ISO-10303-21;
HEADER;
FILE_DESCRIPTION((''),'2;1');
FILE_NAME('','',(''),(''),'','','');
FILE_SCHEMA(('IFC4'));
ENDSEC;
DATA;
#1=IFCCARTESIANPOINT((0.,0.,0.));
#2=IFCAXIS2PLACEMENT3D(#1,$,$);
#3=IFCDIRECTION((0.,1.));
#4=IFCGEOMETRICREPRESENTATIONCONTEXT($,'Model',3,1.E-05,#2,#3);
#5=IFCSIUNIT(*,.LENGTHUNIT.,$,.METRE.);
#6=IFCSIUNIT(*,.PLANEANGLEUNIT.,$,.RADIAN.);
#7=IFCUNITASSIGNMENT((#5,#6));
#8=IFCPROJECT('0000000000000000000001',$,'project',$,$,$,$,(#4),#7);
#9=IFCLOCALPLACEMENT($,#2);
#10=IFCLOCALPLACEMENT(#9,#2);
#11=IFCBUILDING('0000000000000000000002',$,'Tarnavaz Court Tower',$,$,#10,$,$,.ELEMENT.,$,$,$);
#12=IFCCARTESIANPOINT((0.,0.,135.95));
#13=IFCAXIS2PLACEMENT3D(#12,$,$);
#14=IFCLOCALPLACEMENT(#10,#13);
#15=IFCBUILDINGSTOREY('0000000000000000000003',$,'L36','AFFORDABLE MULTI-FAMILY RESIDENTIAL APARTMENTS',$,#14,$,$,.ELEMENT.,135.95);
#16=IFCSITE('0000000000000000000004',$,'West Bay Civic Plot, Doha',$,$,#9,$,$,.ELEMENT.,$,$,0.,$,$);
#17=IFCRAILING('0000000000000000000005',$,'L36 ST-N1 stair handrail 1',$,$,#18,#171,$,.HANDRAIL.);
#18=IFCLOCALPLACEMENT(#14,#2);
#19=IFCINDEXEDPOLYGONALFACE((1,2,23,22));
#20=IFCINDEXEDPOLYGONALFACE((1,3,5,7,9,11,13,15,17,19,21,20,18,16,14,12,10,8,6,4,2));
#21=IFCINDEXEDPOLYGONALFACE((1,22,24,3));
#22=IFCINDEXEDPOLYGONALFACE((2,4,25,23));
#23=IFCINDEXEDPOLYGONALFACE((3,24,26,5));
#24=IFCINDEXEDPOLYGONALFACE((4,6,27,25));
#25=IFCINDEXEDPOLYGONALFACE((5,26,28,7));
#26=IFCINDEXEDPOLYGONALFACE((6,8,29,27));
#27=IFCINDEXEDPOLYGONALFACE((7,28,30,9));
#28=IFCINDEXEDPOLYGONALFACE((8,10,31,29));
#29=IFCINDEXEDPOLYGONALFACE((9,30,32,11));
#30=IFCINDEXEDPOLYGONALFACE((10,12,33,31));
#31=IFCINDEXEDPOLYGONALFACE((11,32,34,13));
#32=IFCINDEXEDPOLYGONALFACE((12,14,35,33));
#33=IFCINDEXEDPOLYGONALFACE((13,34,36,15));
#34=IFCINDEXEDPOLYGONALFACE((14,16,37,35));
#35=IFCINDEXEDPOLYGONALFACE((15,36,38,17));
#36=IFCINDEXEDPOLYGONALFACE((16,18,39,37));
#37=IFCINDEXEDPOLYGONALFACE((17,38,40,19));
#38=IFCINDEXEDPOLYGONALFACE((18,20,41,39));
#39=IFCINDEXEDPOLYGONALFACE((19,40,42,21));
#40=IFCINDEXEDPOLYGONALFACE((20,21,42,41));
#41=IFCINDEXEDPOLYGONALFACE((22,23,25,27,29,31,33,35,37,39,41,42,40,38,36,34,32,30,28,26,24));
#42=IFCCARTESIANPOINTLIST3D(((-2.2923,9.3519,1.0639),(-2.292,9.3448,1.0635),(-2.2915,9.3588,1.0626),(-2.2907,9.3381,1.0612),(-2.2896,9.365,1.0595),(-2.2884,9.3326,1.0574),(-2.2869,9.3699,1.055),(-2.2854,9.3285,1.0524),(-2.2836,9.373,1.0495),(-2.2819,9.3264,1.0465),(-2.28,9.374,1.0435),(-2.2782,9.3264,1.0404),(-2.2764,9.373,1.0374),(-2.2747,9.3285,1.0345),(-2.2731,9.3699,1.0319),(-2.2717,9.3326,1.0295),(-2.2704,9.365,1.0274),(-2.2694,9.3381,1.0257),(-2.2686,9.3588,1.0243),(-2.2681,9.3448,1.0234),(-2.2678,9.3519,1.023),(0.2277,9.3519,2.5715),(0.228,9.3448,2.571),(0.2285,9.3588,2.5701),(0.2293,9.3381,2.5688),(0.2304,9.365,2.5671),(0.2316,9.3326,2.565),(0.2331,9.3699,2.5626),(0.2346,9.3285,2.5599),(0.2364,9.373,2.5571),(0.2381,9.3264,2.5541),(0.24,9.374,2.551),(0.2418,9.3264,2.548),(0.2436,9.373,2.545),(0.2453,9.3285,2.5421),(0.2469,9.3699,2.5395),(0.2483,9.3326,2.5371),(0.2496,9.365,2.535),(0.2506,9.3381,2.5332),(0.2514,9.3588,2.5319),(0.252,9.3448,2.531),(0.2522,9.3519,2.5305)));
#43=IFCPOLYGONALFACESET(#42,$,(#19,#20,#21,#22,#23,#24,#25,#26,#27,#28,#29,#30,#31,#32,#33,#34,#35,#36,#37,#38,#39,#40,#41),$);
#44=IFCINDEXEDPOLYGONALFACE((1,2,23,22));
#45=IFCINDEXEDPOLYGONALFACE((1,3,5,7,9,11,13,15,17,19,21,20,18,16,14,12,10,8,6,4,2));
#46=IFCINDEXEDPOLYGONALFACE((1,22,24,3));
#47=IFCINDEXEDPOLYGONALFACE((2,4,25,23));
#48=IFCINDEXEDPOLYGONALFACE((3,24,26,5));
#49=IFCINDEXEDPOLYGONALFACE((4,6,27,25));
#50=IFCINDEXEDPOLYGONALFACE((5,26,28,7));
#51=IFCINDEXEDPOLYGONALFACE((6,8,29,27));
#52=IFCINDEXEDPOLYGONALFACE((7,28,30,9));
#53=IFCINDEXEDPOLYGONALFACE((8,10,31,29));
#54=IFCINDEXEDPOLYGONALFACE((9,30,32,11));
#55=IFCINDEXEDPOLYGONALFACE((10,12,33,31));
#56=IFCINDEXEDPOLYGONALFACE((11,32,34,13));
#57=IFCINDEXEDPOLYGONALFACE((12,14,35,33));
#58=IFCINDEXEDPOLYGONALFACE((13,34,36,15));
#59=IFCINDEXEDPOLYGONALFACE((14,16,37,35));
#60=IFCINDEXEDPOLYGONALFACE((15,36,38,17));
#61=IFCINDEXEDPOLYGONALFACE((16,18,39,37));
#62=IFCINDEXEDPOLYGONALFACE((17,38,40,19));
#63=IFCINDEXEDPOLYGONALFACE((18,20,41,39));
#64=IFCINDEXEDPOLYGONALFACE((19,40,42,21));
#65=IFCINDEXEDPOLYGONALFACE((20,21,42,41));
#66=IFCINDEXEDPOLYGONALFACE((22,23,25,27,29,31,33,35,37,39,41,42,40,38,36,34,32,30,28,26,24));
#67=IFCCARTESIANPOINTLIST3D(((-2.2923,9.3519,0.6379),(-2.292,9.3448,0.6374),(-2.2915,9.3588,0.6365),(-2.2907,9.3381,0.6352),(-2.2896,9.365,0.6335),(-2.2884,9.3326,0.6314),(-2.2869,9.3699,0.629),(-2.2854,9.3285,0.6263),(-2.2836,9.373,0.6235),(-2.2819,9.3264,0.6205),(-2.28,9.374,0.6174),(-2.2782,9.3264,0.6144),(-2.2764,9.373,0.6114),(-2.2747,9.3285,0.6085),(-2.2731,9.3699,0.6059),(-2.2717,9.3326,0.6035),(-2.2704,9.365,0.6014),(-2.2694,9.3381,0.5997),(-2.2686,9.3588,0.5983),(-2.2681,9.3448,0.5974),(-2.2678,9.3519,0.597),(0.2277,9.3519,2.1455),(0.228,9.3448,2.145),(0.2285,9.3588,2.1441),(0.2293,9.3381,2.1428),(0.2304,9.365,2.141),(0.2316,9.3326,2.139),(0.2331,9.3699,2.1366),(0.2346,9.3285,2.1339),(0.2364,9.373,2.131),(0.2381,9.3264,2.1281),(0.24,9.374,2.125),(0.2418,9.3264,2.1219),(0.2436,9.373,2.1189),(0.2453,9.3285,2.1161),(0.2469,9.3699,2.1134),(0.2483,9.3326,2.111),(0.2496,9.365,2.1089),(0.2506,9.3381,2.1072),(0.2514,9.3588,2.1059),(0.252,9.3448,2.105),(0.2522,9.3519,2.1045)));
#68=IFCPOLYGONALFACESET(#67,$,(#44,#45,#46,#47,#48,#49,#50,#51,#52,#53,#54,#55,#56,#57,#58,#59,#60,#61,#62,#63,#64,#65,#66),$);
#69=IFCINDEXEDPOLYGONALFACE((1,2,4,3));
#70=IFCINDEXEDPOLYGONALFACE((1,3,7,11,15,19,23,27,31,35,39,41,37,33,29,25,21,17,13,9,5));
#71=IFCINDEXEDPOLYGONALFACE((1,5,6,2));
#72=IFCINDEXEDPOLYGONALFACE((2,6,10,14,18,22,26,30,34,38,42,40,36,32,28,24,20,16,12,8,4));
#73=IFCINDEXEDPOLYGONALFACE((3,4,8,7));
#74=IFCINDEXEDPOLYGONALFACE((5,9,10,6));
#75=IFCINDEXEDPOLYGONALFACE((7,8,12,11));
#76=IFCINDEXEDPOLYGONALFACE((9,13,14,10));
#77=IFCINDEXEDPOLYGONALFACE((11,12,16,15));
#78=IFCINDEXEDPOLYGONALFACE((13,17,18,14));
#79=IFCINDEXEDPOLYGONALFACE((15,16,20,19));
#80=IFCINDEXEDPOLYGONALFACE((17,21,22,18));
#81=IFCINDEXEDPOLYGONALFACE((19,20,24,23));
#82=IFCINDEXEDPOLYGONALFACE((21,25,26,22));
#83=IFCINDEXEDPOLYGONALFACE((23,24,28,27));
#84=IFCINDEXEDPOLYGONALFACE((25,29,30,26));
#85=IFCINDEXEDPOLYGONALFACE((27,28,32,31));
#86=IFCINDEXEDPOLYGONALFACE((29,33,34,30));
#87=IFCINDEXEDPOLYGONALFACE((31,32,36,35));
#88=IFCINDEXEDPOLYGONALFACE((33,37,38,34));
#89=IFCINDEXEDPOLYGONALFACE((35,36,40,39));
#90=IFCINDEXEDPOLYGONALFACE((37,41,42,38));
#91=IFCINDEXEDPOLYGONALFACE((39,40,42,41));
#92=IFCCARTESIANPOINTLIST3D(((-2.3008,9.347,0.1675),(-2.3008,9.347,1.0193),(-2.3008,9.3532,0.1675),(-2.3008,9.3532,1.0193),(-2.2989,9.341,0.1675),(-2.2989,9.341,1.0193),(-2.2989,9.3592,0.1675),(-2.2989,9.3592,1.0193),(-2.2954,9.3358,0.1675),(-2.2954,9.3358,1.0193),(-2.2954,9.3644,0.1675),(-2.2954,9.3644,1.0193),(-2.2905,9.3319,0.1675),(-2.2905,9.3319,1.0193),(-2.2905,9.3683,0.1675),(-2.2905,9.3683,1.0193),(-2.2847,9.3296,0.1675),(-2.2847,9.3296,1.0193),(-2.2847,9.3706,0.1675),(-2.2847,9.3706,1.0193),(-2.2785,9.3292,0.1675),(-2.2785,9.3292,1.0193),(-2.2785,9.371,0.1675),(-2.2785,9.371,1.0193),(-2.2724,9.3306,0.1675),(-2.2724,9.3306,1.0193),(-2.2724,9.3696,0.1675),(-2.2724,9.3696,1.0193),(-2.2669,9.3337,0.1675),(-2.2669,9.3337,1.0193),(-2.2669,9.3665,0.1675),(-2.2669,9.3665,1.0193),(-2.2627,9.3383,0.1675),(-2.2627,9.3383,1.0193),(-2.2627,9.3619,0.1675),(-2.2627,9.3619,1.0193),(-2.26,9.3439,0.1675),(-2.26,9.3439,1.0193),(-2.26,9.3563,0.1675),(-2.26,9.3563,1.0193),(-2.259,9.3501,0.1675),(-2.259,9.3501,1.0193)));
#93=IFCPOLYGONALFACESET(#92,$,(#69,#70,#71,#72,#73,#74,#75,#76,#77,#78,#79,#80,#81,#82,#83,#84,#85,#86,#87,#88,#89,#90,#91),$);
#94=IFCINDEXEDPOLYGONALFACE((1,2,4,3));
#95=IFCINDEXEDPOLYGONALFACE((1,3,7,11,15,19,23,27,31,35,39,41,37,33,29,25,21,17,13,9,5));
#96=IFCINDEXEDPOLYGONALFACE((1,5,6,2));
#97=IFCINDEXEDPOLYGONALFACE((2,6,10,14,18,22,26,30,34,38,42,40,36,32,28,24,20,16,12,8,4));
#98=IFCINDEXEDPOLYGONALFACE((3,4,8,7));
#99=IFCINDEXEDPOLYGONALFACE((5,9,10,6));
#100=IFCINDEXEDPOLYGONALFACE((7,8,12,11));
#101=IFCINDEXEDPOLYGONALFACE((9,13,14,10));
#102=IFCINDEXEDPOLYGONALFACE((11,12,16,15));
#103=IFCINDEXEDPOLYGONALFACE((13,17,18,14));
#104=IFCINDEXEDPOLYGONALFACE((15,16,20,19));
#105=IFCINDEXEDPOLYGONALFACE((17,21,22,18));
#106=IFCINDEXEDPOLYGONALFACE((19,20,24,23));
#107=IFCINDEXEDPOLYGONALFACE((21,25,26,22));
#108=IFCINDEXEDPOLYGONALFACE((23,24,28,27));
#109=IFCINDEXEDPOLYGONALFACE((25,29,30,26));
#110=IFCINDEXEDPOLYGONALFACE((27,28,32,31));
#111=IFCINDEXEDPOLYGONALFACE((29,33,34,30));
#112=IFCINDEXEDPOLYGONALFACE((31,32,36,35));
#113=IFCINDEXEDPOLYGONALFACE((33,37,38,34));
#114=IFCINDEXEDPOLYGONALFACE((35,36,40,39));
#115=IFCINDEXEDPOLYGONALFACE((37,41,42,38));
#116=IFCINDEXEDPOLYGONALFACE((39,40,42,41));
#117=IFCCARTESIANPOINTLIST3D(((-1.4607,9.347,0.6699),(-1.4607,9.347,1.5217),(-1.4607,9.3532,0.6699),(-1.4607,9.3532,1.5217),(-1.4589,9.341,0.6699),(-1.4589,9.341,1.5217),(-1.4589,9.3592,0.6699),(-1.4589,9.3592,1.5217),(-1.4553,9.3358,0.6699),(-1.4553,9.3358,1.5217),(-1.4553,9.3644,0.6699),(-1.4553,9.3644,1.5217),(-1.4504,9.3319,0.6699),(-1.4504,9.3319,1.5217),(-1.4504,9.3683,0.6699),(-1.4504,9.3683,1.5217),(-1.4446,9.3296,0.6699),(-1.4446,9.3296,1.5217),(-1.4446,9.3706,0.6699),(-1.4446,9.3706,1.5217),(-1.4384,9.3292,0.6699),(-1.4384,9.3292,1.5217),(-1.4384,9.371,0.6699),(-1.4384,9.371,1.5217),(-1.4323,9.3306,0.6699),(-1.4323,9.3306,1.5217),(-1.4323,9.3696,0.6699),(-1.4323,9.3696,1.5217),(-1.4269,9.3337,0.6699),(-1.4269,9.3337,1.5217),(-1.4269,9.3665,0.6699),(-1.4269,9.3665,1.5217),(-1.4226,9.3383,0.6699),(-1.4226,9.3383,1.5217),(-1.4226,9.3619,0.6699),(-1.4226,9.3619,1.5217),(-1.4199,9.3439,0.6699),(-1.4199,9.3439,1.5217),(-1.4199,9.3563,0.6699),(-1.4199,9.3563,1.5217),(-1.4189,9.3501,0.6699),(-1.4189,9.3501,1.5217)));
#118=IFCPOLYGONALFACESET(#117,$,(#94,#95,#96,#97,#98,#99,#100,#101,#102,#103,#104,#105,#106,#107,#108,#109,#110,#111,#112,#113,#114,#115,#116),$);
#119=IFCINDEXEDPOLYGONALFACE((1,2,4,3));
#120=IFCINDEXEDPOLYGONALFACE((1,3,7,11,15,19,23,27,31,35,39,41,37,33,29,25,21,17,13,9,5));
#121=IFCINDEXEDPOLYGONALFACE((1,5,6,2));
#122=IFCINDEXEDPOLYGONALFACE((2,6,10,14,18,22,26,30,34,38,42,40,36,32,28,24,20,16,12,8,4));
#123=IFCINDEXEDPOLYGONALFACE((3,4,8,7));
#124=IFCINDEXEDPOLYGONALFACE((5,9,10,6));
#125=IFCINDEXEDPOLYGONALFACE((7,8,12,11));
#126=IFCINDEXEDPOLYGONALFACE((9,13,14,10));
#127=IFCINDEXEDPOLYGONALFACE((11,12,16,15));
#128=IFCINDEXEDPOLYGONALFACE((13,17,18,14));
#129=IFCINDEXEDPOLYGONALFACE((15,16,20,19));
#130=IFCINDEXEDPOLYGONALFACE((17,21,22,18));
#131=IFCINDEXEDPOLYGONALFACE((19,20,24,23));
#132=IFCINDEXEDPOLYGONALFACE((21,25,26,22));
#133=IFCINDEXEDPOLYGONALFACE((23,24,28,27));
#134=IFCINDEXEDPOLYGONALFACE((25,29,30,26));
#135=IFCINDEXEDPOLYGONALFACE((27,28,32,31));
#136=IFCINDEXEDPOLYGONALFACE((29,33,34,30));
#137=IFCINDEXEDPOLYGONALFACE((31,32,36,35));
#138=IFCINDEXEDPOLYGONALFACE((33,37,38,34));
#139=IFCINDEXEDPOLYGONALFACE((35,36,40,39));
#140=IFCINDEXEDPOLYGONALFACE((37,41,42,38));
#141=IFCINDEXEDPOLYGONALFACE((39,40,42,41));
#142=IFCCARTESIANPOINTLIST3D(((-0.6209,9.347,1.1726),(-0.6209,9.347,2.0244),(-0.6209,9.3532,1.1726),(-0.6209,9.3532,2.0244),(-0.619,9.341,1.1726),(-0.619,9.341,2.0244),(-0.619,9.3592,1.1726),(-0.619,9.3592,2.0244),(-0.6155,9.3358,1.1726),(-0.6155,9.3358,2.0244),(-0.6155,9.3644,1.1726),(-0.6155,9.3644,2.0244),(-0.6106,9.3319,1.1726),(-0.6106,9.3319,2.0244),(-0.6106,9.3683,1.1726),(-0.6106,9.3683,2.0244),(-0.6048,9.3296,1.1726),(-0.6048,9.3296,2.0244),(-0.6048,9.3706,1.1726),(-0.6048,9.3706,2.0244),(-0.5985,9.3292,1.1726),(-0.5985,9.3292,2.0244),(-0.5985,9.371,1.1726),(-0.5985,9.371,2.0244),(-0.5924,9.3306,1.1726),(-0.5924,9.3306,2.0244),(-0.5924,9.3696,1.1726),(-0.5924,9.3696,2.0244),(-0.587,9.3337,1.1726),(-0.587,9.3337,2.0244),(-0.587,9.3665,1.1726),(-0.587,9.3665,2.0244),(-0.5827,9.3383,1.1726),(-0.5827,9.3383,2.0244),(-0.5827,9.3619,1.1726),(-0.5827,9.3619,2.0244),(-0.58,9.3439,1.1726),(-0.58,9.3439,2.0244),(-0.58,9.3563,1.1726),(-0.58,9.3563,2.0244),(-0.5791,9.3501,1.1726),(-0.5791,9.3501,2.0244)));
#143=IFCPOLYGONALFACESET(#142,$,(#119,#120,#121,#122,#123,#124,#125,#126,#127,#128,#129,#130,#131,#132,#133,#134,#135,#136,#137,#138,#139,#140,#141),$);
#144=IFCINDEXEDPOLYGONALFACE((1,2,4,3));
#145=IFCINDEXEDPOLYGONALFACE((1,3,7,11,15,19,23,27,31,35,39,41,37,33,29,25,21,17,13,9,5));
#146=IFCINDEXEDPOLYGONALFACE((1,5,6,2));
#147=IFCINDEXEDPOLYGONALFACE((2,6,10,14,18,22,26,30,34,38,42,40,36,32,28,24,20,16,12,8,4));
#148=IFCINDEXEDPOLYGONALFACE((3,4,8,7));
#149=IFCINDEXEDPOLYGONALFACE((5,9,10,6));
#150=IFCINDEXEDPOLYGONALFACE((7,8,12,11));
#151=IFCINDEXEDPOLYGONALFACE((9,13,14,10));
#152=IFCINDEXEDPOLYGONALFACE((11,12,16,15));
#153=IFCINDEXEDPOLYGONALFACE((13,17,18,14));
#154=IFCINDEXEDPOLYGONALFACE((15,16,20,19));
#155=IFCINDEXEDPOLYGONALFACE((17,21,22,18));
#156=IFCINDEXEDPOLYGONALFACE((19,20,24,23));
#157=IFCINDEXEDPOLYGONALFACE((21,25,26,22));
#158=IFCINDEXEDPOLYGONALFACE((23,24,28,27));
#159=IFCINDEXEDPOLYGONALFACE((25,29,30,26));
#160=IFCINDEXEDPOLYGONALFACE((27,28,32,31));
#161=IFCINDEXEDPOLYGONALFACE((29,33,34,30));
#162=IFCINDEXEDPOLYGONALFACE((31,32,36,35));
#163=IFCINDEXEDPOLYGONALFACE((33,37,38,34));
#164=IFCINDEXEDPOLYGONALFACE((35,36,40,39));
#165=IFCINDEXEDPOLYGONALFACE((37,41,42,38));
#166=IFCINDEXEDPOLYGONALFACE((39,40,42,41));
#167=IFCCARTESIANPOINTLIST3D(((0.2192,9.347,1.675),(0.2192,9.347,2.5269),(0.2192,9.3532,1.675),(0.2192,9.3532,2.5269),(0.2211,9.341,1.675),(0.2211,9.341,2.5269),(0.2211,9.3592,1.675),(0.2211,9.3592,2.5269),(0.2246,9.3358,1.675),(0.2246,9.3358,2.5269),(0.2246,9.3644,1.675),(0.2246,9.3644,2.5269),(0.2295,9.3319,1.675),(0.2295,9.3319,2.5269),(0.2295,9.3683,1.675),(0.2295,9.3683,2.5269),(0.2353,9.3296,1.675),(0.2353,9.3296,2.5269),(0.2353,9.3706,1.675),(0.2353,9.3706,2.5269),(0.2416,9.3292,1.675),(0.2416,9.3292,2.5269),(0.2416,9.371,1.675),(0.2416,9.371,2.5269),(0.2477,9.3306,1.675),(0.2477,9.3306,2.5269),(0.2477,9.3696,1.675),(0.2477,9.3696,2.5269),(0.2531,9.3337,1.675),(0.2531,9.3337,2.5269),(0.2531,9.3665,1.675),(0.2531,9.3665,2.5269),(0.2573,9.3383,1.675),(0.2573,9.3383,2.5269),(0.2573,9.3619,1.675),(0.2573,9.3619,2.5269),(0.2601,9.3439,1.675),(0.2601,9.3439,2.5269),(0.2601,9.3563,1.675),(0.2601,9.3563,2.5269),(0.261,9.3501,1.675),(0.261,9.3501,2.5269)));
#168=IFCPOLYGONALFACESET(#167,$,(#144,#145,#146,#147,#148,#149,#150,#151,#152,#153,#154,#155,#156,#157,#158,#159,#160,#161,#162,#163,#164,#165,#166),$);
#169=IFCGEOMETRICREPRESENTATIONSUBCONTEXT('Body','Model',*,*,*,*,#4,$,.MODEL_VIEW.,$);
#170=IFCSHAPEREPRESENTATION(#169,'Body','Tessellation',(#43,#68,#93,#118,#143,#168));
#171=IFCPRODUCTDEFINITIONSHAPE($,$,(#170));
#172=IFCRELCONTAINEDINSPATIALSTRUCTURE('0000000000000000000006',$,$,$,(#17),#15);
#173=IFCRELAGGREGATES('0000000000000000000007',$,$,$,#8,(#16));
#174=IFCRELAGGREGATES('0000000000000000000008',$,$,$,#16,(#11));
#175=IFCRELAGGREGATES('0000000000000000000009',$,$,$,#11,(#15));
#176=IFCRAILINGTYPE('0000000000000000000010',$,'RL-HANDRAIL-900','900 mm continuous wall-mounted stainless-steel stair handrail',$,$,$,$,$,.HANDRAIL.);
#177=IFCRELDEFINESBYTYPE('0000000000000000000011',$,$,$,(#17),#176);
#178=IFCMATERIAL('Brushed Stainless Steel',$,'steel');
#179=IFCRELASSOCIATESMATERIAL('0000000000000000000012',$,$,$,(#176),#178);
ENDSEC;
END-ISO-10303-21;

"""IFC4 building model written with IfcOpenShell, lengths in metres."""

from ifc_helpers import new_model, si_unit, direction, frame, origin, origin_2d, place, context, subcontext, project, spatial, circle, extrude, material, type_object, element, save


model = new_model("IFC4")

# Units and contexts
model_context = context("Model", 3, precision=1e-05, world=origin(), true_north=direction((0.0, 1.0)))
body_context = subcontext(model_context, "Body", "Model", "MODEL_VIEW")
ifc_project = project(units=[si_unit("LENGTHUNIT", "METRE"), si_unit("PLANEANGLEUNIT", "RADIAN")], contexts=[model_context])

# Site, building, storey
site_placement = place(None, origin())
site = spatial("IfcSite", under=ifc_project, at=site_placement, Name="West Bay Civic Plot, Doha", CompositionType="ELEMENT", RefElevation=0.0)
building_placement = place(site_placement, origin())
building = spatial("IfcBuilding", under=site, at=building_placement, Name="Tarnavaz Court Tower", CompositionType="ELEMENT")
storey_placement = place(building_placement, frame((0.0, 0.0, 135.95)))
storey = spatial("IfcBuildingStorey", under=building, at=storey_placement, Name="L36", Description="AFFORDABLE MULTI-FAMILY RESIDENTIAL APARTMENTS", CompositionType="ELEMENT", Elevation=135.95)

# Railing
ifc_material_1 = material(Name="Brushed Stainless Steel", Category="steel")
railing_type_1 = type_object("IfcRailingType", Name="RL-HANDRAIL-900", Description="900 mm continuous wall-mounted stainless-steel stair handrail", PredefinedType="HANDRAIL", material=ifc_material_1)
railing_1_placement = place(storey_placement, frame((-2.28, 9.3501, 0.1675)))
element("IfcRailing", 1, at=railing_1_placement, inside=storey, type_object=railing_type_1, Name="L36 ST-N1 stair handrail 1", PredefinedType="HANDRAIL", context=body_context, shape_type="SweptSolid", body=[
    extrude(circle(Radius=0.0239, at=origin_2d()), frame((0.0, 0.0, 0.876), z_axis=(0.85816, 0.0, 0.513383), x_axis=(0.0, 1.0, 0.0)), (0.0, 0.0, 1.0), 2.9365),
    extrude(circle(Radius=0.0239, at=origin_2d()), frame((0.0, 0.0, 0.45), z_axis=(0.85816, 0.0, 0.513383), x_axis=(0.0, 1.0, 0.0)), (0.0, 0.0, 1.0), 2.9365),
    extrude(circle(Radius=0.021, at=origin_2d()), origin(), (0.0, 0.0, 1.0), 0.8518),
    extrude(circle(Radius=0.021, at=origin_2d()), frame((0.8401, 0.0, 0.5024)), (0.0, 0.0, 1.0), 0.8518),
    extrude(circle(Radius=0.021, at=origin_2d()), frame((1.6799, 0.0, 1.0051)), (0.0, 0.0, 1.0), 0.8518),
    extrude(circle(Radius=0.021, at=origin_2d()), frame((2.52, 0.0, 1.5076)), (0.0, 0.0, 1.0), 0.8518),
])

save(model, "model.ifc")
